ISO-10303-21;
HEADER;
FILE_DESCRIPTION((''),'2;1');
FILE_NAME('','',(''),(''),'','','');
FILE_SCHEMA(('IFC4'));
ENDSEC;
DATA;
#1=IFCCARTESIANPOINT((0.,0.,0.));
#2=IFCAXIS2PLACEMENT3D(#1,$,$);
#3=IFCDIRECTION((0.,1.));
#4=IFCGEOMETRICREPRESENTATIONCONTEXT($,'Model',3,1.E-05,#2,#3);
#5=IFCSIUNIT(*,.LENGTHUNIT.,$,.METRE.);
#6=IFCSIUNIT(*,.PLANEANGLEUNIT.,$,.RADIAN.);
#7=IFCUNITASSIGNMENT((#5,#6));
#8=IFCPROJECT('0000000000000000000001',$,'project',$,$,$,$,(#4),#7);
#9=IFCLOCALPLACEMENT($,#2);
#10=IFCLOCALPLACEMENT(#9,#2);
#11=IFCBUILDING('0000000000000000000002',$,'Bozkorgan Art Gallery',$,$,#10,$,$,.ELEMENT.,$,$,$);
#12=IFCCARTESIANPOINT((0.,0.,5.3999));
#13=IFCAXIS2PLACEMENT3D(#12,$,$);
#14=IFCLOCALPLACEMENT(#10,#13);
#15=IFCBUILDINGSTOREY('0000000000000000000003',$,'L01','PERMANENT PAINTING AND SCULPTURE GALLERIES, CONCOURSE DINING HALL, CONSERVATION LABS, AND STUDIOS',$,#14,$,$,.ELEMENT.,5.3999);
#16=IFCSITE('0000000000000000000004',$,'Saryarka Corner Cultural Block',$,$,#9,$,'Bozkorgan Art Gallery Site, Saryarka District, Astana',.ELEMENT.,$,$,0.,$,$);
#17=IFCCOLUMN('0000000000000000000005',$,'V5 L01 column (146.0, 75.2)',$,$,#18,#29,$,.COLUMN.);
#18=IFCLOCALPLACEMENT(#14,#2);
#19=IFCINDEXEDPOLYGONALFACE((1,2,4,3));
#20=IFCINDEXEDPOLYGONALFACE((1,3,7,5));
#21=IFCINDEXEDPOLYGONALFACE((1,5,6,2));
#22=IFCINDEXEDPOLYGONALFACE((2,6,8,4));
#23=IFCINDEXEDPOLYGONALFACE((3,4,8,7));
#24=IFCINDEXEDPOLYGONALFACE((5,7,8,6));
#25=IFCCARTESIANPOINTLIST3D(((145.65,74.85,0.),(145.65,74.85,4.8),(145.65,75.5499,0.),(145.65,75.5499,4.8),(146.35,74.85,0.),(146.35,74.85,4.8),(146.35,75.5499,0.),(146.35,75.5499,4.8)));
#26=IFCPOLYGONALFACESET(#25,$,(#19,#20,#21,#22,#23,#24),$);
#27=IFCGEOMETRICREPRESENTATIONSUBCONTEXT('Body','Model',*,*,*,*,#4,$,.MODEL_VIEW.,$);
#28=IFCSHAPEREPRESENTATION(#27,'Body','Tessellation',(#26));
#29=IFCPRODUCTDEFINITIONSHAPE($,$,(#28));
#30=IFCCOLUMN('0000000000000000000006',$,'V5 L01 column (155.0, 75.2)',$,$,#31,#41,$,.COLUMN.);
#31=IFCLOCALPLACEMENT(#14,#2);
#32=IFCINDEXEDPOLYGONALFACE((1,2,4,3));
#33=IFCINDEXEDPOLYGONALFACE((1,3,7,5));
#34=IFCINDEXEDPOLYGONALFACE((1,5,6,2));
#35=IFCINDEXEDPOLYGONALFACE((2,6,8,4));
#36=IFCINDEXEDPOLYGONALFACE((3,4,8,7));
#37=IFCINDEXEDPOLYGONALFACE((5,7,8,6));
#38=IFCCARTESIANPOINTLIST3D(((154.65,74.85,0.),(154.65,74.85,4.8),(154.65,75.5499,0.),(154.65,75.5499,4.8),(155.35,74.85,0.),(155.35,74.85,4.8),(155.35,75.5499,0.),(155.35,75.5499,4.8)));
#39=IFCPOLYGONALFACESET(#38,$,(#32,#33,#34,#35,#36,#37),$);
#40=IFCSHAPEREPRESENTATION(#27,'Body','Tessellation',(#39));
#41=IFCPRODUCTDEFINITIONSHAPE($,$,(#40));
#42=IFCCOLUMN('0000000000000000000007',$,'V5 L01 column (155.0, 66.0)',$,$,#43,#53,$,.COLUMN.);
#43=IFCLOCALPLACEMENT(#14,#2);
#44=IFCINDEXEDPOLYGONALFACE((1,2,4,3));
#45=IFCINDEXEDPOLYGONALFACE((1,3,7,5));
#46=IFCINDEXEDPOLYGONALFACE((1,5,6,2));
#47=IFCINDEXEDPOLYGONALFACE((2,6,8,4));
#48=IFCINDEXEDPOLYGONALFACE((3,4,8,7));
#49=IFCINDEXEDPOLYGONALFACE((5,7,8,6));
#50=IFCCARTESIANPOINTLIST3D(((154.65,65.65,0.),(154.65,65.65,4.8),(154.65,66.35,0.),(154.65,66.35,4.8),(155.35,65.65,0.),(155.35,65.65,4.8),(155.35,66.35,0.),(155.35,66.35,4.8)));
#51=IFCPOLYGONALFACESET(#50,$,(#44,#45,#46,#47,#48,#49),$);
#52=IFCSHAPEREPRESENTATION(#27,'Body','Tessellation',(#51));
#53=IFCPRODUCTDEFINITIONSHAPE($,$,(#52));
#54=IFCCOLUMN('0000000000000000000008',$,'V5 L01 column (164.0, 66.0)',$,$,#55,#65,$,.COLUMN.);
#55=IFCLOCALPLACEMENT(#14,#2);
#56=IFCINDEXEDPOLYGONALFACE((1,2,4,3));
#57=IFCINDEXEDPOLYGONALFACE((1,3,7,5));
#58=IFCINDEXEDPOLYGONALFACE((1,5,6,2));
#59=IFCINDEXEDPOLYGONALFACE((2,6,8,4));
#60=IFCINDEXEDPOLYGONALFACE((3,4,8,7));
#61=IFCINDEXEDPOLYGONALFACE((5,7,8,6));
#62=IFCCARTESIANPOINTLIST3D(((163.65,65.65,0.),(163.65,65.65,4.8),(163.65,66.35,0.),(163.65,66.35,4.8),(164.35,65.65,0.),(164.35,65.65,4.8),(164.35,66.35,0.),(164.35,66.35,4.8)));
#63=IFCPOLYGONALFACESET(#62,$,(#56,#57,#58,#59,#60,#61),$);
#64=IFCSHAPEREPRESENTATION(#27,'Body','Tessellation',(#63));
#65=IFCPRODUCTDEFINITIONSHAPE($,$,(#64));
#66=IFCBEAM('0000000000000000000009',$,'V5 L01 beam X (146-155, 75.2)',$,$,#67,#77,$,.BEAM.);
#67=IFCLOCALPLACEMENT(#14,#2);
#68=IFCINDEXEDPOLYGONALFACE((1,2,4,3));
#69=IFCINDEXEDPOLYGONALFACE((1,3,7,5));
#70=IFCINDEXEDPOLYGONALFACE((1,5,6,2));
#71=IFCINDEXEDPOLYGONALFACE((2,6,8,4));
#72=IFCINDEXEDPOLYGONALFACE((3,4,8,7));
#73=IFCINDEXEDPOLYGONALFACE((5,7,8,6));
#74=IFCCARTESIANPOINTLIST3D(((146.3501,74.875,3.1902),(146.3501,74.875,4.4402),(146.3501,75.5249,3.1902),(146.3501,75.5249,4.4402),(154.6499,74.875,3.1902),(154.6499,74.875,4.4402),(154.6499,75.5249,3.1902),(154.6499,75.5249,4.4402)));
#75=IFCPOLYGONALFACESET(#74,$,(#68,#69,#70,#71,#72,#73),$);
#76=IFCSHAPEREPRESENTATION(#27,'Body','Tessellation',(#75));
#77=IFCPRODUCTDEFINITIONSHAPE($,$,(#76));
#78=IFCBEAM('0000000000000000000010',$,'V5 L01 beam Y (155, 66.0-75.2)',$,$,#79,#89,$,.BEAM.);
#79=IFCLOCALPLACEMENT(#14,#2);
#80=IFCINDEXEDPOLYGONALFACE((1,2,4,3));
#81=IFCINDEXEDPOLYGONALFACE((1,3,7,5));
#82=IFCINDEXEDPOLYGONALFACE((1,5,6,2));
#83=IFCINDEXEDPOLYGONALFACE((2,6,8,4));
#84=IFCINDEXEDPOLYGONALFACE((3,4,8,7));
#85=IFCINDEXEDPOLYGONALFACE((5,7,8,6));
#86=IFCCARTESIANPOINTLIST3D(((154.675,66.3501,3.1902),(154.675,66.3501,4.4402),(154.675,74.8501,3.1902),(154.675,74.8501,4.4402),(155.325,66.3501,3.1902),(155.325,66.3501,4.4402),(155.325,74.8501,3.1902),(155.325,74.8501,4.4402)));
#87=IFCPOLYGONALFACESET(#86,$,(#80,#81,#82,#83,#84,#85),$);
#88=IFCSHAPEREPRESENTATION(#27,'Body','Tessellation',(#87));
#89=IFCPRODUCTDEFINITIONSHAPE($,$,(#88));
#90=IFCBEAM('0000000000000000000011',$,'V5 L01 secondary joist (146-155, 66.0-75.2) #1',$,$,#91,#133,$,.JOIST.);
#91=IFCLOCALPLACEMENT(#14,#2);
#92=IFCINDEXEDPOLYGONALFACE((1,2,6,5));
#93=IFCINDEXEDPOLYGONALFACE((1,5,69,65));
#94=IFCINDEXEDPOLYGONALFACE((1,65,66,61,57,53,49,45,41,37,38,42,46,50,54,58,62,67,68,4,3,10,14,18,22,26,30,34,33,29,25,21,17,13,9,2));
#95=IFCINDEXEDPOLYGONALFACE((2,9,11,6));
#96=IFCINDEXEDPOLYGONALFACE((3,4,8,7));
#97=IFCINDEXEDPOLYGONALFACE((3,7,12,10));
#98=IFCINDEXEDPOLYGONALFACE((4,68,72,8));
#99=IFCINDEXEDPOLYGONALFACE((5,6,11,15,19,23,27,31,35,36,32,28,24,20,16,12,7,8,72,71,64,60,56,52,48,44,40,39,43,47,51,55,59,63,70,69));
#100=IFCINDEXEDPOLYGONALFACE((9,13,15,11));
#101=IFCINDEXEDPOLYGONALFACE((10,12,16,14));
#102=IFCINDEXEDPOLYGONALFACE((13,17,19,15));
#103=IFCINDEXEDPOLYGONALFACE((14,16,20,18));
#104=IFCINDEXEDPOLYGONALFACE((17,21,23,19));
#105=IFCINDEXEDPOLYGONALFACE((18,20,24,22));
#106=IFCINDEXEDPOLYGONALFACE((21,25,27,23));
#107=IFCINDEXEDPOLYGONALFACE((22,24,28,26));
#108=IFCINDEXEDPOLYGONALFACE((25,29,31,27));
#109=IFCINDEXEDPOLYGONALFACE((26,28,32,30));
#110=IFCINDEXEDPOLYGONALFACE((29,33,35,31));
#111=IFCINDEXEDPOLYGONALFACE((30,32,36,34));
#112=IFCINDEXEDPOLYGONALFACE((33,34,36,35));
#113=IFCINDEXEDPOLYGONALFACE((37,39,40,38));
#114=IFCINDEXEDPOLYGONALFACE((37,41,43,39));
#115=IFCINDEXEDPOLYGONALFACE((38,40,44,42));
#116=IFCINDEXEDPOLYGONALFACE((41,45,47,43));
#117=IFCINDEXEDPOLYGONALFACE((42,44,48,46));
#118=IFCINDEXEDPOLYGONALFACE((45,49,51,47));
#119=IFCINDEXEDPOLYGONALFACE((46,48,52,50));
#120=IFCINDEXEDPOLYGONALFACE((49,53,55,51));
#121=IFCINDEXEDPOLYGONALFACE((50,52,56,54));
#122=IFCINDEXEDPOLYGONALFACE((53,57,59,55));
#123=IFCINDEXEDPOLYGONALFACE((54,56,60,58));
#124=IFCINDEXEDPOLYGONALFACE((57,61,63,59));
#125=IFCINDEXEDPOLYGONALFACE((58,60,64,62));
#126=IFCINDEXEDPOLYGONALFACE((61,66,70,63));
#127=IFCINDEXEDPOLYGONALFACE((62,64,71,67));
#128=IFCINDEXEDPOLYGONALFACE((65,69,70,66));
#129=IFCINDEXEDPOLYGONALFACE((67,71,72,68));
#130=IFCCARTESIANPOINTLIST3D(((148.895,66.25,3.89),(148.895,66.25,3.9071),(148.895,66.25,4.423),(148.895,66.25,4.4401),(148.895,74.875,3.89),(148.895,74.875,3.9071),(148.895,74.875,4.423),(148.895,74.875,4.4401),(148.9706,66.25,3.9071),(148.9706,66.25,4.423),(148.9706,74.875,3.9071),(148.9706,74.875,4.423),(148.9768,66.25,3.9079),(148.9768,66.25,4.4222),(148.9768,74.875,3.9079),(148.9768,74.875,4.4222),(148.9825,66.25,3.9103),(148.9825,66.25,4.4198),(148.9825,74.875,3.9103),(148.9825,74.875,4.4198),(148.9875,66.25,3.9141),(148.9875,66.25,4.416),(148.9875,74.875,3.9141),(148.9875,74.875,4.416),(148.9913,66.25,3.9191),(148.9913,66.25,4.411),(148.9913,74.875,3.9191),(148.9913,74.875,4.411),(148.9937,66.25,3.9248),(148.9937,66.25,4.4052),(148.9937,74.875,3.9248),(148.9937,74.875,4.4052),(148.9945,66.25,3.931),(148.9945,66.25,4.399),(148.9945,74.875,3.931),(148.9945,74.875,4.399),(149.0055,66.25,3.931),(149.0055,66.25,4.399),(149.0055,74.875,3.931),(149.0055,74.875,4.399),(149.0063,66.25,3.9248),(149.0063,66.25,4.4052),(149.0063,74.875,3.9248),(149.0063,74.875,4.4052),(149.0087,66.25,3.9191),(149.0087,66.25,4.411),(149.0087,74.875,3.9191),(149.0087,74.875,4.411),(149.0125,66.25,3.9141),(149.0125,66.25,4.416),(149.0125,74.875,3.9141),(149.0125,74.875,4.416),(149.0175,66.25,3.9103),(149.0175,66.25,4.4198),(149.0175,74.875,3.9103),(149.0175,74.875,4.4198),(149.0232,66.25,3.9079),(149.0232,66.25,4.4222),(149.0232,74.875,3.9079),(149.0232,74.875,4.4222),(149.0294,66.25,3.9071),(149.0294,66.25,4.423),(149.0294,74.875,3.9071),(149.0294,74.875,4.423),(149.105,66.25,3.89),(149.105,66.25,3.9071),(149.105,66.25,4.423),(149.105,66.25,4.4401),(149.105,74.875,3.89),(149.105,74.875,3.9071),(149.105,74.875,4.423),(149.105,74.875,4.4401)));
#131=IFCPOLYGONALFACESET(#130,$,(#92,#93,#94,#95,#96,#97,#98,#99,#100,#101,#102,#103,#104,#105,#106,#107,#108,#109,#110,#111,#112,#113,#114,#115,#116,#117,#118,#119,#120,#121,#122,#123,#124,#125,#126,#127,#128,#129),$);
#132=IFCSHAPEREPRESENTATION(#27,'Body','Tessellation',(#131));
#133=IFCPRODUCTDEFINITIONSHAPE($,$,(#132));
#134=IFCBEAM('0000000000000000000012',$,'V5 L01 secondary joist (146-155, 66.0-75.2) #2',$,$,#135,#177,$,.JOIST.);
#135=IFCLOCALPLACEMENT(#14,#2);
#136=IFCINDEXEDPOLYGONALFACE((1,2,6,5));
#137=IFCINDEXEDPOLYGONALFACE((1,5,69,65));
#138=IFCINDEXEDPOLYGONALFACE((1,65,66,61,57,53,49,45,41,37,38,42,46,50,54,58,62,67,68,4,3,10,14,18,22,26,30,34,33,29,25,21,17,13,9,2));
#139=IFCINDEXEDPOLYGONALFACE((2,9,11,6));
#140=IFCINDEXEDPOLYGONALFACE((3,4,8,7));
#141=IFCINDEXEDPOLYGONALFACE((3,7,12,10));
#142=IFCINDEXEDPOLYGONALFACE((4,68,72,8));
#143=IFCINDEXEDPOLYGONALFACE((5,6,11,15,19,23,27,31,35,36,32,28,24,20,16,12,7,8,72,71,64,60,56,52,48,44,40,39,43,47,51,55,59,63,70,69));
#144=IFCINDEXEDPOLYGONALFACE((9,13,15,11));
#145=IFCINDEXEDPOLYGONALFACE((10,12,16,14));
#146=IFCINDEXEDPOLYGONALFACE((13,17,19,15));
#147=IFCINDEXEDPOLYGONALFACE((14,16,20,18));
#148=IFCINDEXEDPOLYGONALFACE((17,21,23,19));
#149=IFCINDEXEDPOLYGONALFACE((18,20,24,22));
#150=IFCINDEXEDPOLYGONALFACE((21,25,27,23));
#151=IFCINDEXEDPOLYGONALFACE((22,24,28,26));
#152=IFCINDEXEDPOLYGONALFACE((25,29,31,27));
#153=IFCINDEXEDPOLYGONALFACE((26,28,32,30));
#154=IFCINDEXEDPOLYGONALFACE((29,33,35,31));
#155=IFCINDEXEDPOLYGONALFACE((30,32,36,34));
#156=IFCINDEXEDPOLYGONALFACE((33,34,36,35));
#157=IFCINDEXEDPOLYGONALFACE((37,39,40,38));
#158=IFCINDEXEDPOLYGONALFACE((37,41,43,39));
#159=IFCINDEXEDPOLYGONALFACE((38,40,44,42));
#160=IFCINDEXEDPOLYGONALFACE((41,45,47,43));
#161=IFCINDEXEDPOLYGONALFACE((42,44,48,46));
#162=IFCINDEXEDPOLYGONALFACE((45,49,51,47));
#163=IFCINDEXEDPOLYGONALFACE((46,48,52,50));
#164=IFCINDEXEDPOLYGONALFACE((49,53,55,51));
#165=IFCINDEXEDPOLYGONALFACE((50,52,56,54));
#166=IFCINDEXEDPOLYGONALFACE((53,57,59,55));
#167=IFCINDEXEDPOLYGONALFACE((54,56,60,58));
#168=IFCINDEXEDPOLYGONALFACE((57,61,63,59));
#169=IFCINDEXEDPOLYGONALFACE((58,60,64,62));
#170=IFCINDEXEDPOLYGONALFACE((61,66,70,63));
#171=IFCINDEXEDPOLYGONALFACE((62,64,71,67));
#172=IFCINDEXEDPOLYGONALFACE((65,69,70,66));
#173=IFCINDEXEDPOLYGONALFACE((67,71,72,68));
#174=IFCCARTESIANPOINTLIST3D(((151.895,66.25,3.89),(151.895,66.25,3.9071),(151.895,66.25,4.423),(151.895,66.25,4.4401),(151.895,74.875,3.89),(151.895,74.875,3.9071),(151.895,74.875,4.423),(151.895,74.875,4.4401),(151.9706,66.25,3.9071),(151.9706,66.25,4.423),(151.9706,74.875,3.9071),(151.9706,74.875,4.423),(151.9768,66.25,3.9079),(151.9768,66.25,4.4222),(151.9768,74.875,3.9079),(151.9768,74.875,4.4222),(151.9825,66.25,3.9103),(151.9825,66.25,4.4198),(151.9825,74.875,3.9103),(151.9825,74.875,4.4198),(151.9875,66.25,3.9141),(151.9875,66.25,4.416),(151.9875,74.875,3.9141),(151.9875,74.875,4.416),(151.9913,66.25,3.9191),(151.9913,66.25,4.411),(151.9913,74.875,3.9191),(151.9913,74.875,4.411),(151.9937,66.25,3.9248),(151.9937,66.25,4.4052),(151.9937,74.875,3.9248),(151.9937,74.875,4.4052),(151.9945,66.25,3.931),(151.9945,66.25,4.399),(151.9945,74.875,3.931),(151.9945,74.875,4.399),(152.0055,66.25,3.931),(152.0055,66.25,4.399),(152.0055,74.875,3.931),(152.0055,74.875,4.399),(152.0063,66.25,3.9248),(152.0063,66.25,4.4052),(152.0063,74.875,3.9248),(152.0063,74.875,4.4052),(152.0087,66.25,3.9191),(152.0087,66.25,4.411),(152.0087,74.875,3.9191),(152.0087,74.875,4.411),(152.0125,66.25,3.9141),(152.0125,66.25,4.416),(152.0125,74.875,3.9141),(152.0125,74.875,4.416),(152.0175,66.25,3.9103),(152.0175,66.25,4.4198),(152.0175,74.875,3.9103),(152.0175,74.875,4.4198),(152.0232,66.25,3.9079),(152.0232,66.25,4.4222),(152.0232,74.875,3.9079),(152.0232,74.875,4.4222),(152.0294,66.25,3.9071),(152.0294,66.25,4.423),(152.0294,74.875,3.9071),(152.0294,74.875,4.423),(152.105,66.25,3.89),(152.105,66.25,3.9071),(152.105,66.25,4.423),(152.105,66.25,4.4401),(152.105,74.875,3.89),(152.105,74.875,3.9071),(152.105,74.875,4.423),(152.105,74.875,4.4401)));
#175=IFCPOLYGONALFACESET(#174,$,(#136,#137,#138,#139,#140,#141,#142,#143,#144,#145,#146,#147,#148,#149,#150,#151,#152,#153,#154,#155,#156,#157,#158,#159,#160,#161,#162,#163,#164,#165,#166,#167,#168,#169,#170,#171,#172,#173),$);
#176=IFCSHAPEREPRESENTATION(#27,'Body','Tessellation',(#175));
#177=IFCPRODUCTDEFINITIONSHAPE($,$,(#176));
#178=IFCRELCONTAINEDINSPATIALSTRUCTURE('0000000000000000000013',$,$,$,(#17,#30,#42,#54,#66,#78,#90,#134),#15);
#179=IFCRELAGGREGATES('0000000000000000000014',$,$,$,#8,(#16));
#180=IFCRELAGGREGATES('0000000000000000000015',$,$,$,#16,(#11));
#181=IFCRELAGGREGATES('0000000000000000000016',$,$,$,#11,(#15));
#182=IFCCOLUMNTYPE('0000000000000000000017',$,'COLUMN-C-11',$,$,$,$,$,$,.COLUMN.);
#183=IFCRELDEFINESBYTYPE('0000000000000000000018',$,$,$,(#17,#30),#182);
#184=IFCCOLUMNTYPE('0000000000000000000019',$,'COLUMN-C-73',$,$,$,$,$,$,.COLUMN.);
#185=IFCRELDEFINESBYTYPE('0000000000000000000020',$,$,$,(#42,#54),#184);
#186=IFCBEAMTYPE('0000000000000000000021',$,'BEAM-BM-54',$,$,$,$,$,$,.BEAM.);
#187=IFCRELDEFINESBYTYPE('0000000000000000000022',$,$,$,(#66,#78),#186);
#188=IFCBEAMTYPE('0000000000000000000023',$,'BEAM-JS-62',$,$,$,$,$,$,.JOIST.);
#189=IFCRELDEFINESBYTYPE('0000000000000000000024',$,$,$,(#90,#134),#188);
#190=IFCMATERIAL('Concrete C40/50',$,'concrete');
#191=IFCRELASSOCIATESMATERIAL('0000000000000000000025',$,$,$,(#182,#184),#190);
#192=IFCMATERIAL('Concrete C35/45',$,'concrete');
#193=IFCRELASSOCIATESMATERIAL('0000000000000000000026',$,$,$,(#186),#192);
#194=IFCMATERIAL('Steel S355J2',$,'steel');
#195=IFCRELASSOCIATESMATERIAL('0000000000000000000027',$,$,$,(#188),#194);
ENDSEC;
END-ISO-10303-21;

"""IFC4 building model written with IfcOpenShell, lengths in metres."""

from ifc_helpers import new_model, si_unit, direction, frame, origin, origin_2d, place, context, subcontext, project, spatial, rectangle, i_section, extrude, material, material_profile, profile_set, type_object, element, save


model = new_model("IFC4")

# Units and contexts
model_context = context("Model", 3, precision=1e-05, world=origin(), true_north=direction((0.0, 1.0)))
body_context = subcontext(model_context, "Body", "Model", "MODEL_VIEW")
ifc_project = project(units=[si_unit("LENGTHUNIT", "METRE"), si_unit("PLANEANGLEUNIT", "RADIAN")], contexts=[model_context])

# Site, building, storey
site_placement = place(None, origin())
site = spatial("IfcSite", under=ifc_project, at=site_placement, Name="Saryarka Corner Cultural Block", LongName="Bozkorgan Art Gallery Site, Saryarka District, Astana", CompositionType="ELEMENT", RefElevation=0.0)
building_placement = place(site_placement, origin())
building = spatial("IfcBuilding", under=site, at=building_placement, Name="Bozkorgan Art Gallery", CompositionType="ELEMENT")
storey_placement = place(building_placement, frame((0.0, 0.0, 5.3999)))
storey = spatial("IfcBuildingStorey", under=building, at=storey_placement, Name="L01", Description="PERMANENT PAINTING AND SCULPTURE GALLERIES, CONCOURSE DINING HALL, CONSERVATION LABS, AND STUDIOS", CompositionType="ELEMENT", Elevation=5.3999)

# Columns
ifc_material_1 = material(Name="Concrete C40/50", Category="concrete")
ifc_material_profile_1 = material_profile(ifc_material_1, rectangle(XDim=0.7, YDim=0.7, at=origin_2d()), Name="RC 700x700")
ifc_profile_set_1 = profile_set([ifc_material_profile_1], Name="Concrete C40/50")
column_type_1 = type_object("IfcColumnType", Name="COLUMN-C-11", PredefinedType="COLUMN", material=ifc_profile_set_1)
for number, where, z_axis, x_axis, name in (
    (1, (146.0, 75.2, 0.0), (0.0, 0.0, 1.0), (1.0, 0.0, 0.0), "V5 L01 column (146.0, 75.2)"),
    (2, (155.0, 75.2, 0.0), (0.0, 0.0, 1.0), (1.0, 0.0, 0.0), "V5 L01 column (155.0, 75.2)"),
):
    element("IfcColumn", number, at=place(storey_placement, frame(where, z_axis=z_axis, x_axis=x_axis)), inside=storey, type_object=column_type_1, Name=name, PredefinedType="COLUMN", context=body_context, shape_type="SweptSolid", body=[
        extrude(rectangle(XDim=0.7, YDim=0.7, at=origin_2d()), origin(), (0.0, 0.0, 1.0), 4.8),
    ])
ifc_material_profile_2 = material_profile(ifc_material_1, rectangle(XDim=0.7, YDim=0.7, at=origin_2d()), Name="RC 700x700")
ifc_profile_set_2 = profile_set([ifc_material_profile_2], Name="Concrete C40/50")
column_type_2 = type_object("IfcColumnType", Name="COLUMN-C-73", PredefinedType="COLUMN", material=ifc_profile_set_2)
for number, where, z_axis, x_axis, name in (
    (3, (155.0, 66.0, 0.0), (0.0, 0.0, 1.0), (1.0, 0.0, 0.0), "V5 L01 column (155.0, 66.0)"),
    (4, (164.0, 66.0, 0.0), (0.0, 0.0, 1.0), (1.0, 0.0, 0.0), "V5 L01 column (164.0, 66.0)"),
):
    element("IfcColumn", number, at=place(storey_placement, frame(where, z_axis=z_axis, x_axis=x_axis)), inside=storey, type_object=column_type_2, Name=name, PredefinedType="COLUMN", context=body_context, shape_type="SweptSolid", body=[
        extrude(rectangle(XDim=0.7, YDim=0.7, at=origin_2d()), origin(), (0.0, 0.0, 1.0), 4.8),
    ])

# Beams
ifc_material_2 = material(Name="Concrete C35/45", Category="concrete")
ifc_material_profile_3 = material_profile(ifc_material_2, rectangle(XDim=0.6499, YDim=1.25, at=origin_2d()), Name="RC 650x1250")
ifc_profile_set_3 = profile_set([ifc_material_profile_3], Name="Concrete C35/45")
beam_type_1 = type_object("IfcBeamType", Name="BEAM-BM-54", PredefinedType="BEAM", material=ifc_profile_set_3)
beam_1_placement = place(storey_placement, frame((146.3501, 75.2, 3.8152), z_axis=(1.0, 0.0, 0.0), x_axis=(0.0, 1.0, 0.0)))
element("IfcBeam", 5, at=beam_1_placement, inside=storey, type_object=beam_type_1, Name="V5 L01 beam X (146-155, 75.2)", PredefinedType="BEAM", context=body_context, shape_type="SweptSolid", body=[
    extrude(rectangle(XDim=0.6499, YDim=1.25, at=origin_2d()), origin(), (0.0, 0.0, 1.0), 8.2998),
])
beam_2_placement = place(storey_placement, frame((155.0, 66.3501, 3.8152), z_axis=(0.0, 1.0, 0.0), x_axis=(-1.0, 0.0, 0.0)))
element("IfcBeam", 6, at=beam_2_placement, inside=storey, type_object=beam_type_1, Name="V5 L01 beam Y (155, 66.0-75.2)", PredefinedType="BEAM", context=body_context, shape_type="SweptSolid", body=[
    extrude(rectangle(XDim=0.6499, YDim=1.25, at=origin_2d()), origin(), (0.0, 0.0, 1.0), 8.5),
])
ifc_material_3 = material(Name="Steel S355J2", Category="steel")
ifc_material_profile_4 = material_profile(ifc_material_3, i_section(OverallWidth=0.21, OverallDepth=0.55, WebThickness=0.011, FlangeThickness=0.0171, FilletRadius=0.0239, at=origin_2d()), Name="IPE 550")
ifc_profile_set_4 = profile_set([ifc_material_profile_4], Name="Steel S355J2")
beam_type_2 = type_object("IfcBeamType", Name="BEAM-JS-62", PredefinedType="JOIST", material=ifc_profile_set_4)
for number, where, z_axis, x_axis, name in (
    (7, (149.0, 66.25, 4.165), (0.0, 1.0, 0.0), (-1.0, 0.0, 0.0), "V5 L01 secondary joist (146-155, 66.0-75.2) #1"),
    (8, (152.0, 66.25, 4.165), (0.0, 1.0, 0.0), (-1.0, 0.0, 0.0), "V5 L01 secondary joist (146-155, 66.0-75.2) #2"),
):
    element("IfcBeam", number, at=place(storey_placement, frame(where, z_axis=z_axis, x_axis=x_axis)), inside=storey, type_object=beam_type_2, Name=name, PredefinedType="JOIST", context=body_context, shape_type="SweptSolid", body=[
        extrude(i_section(OverallWidth=0.21, OverallDepth=0.55, WebThickness=0.011, FlangeThickness=0.0171, FilletRadius=0.0239, at=origin_2d()), origin(), (0.0, 0.0, 1.0), 8.625),
    ])

save(model, "model.ifc")
